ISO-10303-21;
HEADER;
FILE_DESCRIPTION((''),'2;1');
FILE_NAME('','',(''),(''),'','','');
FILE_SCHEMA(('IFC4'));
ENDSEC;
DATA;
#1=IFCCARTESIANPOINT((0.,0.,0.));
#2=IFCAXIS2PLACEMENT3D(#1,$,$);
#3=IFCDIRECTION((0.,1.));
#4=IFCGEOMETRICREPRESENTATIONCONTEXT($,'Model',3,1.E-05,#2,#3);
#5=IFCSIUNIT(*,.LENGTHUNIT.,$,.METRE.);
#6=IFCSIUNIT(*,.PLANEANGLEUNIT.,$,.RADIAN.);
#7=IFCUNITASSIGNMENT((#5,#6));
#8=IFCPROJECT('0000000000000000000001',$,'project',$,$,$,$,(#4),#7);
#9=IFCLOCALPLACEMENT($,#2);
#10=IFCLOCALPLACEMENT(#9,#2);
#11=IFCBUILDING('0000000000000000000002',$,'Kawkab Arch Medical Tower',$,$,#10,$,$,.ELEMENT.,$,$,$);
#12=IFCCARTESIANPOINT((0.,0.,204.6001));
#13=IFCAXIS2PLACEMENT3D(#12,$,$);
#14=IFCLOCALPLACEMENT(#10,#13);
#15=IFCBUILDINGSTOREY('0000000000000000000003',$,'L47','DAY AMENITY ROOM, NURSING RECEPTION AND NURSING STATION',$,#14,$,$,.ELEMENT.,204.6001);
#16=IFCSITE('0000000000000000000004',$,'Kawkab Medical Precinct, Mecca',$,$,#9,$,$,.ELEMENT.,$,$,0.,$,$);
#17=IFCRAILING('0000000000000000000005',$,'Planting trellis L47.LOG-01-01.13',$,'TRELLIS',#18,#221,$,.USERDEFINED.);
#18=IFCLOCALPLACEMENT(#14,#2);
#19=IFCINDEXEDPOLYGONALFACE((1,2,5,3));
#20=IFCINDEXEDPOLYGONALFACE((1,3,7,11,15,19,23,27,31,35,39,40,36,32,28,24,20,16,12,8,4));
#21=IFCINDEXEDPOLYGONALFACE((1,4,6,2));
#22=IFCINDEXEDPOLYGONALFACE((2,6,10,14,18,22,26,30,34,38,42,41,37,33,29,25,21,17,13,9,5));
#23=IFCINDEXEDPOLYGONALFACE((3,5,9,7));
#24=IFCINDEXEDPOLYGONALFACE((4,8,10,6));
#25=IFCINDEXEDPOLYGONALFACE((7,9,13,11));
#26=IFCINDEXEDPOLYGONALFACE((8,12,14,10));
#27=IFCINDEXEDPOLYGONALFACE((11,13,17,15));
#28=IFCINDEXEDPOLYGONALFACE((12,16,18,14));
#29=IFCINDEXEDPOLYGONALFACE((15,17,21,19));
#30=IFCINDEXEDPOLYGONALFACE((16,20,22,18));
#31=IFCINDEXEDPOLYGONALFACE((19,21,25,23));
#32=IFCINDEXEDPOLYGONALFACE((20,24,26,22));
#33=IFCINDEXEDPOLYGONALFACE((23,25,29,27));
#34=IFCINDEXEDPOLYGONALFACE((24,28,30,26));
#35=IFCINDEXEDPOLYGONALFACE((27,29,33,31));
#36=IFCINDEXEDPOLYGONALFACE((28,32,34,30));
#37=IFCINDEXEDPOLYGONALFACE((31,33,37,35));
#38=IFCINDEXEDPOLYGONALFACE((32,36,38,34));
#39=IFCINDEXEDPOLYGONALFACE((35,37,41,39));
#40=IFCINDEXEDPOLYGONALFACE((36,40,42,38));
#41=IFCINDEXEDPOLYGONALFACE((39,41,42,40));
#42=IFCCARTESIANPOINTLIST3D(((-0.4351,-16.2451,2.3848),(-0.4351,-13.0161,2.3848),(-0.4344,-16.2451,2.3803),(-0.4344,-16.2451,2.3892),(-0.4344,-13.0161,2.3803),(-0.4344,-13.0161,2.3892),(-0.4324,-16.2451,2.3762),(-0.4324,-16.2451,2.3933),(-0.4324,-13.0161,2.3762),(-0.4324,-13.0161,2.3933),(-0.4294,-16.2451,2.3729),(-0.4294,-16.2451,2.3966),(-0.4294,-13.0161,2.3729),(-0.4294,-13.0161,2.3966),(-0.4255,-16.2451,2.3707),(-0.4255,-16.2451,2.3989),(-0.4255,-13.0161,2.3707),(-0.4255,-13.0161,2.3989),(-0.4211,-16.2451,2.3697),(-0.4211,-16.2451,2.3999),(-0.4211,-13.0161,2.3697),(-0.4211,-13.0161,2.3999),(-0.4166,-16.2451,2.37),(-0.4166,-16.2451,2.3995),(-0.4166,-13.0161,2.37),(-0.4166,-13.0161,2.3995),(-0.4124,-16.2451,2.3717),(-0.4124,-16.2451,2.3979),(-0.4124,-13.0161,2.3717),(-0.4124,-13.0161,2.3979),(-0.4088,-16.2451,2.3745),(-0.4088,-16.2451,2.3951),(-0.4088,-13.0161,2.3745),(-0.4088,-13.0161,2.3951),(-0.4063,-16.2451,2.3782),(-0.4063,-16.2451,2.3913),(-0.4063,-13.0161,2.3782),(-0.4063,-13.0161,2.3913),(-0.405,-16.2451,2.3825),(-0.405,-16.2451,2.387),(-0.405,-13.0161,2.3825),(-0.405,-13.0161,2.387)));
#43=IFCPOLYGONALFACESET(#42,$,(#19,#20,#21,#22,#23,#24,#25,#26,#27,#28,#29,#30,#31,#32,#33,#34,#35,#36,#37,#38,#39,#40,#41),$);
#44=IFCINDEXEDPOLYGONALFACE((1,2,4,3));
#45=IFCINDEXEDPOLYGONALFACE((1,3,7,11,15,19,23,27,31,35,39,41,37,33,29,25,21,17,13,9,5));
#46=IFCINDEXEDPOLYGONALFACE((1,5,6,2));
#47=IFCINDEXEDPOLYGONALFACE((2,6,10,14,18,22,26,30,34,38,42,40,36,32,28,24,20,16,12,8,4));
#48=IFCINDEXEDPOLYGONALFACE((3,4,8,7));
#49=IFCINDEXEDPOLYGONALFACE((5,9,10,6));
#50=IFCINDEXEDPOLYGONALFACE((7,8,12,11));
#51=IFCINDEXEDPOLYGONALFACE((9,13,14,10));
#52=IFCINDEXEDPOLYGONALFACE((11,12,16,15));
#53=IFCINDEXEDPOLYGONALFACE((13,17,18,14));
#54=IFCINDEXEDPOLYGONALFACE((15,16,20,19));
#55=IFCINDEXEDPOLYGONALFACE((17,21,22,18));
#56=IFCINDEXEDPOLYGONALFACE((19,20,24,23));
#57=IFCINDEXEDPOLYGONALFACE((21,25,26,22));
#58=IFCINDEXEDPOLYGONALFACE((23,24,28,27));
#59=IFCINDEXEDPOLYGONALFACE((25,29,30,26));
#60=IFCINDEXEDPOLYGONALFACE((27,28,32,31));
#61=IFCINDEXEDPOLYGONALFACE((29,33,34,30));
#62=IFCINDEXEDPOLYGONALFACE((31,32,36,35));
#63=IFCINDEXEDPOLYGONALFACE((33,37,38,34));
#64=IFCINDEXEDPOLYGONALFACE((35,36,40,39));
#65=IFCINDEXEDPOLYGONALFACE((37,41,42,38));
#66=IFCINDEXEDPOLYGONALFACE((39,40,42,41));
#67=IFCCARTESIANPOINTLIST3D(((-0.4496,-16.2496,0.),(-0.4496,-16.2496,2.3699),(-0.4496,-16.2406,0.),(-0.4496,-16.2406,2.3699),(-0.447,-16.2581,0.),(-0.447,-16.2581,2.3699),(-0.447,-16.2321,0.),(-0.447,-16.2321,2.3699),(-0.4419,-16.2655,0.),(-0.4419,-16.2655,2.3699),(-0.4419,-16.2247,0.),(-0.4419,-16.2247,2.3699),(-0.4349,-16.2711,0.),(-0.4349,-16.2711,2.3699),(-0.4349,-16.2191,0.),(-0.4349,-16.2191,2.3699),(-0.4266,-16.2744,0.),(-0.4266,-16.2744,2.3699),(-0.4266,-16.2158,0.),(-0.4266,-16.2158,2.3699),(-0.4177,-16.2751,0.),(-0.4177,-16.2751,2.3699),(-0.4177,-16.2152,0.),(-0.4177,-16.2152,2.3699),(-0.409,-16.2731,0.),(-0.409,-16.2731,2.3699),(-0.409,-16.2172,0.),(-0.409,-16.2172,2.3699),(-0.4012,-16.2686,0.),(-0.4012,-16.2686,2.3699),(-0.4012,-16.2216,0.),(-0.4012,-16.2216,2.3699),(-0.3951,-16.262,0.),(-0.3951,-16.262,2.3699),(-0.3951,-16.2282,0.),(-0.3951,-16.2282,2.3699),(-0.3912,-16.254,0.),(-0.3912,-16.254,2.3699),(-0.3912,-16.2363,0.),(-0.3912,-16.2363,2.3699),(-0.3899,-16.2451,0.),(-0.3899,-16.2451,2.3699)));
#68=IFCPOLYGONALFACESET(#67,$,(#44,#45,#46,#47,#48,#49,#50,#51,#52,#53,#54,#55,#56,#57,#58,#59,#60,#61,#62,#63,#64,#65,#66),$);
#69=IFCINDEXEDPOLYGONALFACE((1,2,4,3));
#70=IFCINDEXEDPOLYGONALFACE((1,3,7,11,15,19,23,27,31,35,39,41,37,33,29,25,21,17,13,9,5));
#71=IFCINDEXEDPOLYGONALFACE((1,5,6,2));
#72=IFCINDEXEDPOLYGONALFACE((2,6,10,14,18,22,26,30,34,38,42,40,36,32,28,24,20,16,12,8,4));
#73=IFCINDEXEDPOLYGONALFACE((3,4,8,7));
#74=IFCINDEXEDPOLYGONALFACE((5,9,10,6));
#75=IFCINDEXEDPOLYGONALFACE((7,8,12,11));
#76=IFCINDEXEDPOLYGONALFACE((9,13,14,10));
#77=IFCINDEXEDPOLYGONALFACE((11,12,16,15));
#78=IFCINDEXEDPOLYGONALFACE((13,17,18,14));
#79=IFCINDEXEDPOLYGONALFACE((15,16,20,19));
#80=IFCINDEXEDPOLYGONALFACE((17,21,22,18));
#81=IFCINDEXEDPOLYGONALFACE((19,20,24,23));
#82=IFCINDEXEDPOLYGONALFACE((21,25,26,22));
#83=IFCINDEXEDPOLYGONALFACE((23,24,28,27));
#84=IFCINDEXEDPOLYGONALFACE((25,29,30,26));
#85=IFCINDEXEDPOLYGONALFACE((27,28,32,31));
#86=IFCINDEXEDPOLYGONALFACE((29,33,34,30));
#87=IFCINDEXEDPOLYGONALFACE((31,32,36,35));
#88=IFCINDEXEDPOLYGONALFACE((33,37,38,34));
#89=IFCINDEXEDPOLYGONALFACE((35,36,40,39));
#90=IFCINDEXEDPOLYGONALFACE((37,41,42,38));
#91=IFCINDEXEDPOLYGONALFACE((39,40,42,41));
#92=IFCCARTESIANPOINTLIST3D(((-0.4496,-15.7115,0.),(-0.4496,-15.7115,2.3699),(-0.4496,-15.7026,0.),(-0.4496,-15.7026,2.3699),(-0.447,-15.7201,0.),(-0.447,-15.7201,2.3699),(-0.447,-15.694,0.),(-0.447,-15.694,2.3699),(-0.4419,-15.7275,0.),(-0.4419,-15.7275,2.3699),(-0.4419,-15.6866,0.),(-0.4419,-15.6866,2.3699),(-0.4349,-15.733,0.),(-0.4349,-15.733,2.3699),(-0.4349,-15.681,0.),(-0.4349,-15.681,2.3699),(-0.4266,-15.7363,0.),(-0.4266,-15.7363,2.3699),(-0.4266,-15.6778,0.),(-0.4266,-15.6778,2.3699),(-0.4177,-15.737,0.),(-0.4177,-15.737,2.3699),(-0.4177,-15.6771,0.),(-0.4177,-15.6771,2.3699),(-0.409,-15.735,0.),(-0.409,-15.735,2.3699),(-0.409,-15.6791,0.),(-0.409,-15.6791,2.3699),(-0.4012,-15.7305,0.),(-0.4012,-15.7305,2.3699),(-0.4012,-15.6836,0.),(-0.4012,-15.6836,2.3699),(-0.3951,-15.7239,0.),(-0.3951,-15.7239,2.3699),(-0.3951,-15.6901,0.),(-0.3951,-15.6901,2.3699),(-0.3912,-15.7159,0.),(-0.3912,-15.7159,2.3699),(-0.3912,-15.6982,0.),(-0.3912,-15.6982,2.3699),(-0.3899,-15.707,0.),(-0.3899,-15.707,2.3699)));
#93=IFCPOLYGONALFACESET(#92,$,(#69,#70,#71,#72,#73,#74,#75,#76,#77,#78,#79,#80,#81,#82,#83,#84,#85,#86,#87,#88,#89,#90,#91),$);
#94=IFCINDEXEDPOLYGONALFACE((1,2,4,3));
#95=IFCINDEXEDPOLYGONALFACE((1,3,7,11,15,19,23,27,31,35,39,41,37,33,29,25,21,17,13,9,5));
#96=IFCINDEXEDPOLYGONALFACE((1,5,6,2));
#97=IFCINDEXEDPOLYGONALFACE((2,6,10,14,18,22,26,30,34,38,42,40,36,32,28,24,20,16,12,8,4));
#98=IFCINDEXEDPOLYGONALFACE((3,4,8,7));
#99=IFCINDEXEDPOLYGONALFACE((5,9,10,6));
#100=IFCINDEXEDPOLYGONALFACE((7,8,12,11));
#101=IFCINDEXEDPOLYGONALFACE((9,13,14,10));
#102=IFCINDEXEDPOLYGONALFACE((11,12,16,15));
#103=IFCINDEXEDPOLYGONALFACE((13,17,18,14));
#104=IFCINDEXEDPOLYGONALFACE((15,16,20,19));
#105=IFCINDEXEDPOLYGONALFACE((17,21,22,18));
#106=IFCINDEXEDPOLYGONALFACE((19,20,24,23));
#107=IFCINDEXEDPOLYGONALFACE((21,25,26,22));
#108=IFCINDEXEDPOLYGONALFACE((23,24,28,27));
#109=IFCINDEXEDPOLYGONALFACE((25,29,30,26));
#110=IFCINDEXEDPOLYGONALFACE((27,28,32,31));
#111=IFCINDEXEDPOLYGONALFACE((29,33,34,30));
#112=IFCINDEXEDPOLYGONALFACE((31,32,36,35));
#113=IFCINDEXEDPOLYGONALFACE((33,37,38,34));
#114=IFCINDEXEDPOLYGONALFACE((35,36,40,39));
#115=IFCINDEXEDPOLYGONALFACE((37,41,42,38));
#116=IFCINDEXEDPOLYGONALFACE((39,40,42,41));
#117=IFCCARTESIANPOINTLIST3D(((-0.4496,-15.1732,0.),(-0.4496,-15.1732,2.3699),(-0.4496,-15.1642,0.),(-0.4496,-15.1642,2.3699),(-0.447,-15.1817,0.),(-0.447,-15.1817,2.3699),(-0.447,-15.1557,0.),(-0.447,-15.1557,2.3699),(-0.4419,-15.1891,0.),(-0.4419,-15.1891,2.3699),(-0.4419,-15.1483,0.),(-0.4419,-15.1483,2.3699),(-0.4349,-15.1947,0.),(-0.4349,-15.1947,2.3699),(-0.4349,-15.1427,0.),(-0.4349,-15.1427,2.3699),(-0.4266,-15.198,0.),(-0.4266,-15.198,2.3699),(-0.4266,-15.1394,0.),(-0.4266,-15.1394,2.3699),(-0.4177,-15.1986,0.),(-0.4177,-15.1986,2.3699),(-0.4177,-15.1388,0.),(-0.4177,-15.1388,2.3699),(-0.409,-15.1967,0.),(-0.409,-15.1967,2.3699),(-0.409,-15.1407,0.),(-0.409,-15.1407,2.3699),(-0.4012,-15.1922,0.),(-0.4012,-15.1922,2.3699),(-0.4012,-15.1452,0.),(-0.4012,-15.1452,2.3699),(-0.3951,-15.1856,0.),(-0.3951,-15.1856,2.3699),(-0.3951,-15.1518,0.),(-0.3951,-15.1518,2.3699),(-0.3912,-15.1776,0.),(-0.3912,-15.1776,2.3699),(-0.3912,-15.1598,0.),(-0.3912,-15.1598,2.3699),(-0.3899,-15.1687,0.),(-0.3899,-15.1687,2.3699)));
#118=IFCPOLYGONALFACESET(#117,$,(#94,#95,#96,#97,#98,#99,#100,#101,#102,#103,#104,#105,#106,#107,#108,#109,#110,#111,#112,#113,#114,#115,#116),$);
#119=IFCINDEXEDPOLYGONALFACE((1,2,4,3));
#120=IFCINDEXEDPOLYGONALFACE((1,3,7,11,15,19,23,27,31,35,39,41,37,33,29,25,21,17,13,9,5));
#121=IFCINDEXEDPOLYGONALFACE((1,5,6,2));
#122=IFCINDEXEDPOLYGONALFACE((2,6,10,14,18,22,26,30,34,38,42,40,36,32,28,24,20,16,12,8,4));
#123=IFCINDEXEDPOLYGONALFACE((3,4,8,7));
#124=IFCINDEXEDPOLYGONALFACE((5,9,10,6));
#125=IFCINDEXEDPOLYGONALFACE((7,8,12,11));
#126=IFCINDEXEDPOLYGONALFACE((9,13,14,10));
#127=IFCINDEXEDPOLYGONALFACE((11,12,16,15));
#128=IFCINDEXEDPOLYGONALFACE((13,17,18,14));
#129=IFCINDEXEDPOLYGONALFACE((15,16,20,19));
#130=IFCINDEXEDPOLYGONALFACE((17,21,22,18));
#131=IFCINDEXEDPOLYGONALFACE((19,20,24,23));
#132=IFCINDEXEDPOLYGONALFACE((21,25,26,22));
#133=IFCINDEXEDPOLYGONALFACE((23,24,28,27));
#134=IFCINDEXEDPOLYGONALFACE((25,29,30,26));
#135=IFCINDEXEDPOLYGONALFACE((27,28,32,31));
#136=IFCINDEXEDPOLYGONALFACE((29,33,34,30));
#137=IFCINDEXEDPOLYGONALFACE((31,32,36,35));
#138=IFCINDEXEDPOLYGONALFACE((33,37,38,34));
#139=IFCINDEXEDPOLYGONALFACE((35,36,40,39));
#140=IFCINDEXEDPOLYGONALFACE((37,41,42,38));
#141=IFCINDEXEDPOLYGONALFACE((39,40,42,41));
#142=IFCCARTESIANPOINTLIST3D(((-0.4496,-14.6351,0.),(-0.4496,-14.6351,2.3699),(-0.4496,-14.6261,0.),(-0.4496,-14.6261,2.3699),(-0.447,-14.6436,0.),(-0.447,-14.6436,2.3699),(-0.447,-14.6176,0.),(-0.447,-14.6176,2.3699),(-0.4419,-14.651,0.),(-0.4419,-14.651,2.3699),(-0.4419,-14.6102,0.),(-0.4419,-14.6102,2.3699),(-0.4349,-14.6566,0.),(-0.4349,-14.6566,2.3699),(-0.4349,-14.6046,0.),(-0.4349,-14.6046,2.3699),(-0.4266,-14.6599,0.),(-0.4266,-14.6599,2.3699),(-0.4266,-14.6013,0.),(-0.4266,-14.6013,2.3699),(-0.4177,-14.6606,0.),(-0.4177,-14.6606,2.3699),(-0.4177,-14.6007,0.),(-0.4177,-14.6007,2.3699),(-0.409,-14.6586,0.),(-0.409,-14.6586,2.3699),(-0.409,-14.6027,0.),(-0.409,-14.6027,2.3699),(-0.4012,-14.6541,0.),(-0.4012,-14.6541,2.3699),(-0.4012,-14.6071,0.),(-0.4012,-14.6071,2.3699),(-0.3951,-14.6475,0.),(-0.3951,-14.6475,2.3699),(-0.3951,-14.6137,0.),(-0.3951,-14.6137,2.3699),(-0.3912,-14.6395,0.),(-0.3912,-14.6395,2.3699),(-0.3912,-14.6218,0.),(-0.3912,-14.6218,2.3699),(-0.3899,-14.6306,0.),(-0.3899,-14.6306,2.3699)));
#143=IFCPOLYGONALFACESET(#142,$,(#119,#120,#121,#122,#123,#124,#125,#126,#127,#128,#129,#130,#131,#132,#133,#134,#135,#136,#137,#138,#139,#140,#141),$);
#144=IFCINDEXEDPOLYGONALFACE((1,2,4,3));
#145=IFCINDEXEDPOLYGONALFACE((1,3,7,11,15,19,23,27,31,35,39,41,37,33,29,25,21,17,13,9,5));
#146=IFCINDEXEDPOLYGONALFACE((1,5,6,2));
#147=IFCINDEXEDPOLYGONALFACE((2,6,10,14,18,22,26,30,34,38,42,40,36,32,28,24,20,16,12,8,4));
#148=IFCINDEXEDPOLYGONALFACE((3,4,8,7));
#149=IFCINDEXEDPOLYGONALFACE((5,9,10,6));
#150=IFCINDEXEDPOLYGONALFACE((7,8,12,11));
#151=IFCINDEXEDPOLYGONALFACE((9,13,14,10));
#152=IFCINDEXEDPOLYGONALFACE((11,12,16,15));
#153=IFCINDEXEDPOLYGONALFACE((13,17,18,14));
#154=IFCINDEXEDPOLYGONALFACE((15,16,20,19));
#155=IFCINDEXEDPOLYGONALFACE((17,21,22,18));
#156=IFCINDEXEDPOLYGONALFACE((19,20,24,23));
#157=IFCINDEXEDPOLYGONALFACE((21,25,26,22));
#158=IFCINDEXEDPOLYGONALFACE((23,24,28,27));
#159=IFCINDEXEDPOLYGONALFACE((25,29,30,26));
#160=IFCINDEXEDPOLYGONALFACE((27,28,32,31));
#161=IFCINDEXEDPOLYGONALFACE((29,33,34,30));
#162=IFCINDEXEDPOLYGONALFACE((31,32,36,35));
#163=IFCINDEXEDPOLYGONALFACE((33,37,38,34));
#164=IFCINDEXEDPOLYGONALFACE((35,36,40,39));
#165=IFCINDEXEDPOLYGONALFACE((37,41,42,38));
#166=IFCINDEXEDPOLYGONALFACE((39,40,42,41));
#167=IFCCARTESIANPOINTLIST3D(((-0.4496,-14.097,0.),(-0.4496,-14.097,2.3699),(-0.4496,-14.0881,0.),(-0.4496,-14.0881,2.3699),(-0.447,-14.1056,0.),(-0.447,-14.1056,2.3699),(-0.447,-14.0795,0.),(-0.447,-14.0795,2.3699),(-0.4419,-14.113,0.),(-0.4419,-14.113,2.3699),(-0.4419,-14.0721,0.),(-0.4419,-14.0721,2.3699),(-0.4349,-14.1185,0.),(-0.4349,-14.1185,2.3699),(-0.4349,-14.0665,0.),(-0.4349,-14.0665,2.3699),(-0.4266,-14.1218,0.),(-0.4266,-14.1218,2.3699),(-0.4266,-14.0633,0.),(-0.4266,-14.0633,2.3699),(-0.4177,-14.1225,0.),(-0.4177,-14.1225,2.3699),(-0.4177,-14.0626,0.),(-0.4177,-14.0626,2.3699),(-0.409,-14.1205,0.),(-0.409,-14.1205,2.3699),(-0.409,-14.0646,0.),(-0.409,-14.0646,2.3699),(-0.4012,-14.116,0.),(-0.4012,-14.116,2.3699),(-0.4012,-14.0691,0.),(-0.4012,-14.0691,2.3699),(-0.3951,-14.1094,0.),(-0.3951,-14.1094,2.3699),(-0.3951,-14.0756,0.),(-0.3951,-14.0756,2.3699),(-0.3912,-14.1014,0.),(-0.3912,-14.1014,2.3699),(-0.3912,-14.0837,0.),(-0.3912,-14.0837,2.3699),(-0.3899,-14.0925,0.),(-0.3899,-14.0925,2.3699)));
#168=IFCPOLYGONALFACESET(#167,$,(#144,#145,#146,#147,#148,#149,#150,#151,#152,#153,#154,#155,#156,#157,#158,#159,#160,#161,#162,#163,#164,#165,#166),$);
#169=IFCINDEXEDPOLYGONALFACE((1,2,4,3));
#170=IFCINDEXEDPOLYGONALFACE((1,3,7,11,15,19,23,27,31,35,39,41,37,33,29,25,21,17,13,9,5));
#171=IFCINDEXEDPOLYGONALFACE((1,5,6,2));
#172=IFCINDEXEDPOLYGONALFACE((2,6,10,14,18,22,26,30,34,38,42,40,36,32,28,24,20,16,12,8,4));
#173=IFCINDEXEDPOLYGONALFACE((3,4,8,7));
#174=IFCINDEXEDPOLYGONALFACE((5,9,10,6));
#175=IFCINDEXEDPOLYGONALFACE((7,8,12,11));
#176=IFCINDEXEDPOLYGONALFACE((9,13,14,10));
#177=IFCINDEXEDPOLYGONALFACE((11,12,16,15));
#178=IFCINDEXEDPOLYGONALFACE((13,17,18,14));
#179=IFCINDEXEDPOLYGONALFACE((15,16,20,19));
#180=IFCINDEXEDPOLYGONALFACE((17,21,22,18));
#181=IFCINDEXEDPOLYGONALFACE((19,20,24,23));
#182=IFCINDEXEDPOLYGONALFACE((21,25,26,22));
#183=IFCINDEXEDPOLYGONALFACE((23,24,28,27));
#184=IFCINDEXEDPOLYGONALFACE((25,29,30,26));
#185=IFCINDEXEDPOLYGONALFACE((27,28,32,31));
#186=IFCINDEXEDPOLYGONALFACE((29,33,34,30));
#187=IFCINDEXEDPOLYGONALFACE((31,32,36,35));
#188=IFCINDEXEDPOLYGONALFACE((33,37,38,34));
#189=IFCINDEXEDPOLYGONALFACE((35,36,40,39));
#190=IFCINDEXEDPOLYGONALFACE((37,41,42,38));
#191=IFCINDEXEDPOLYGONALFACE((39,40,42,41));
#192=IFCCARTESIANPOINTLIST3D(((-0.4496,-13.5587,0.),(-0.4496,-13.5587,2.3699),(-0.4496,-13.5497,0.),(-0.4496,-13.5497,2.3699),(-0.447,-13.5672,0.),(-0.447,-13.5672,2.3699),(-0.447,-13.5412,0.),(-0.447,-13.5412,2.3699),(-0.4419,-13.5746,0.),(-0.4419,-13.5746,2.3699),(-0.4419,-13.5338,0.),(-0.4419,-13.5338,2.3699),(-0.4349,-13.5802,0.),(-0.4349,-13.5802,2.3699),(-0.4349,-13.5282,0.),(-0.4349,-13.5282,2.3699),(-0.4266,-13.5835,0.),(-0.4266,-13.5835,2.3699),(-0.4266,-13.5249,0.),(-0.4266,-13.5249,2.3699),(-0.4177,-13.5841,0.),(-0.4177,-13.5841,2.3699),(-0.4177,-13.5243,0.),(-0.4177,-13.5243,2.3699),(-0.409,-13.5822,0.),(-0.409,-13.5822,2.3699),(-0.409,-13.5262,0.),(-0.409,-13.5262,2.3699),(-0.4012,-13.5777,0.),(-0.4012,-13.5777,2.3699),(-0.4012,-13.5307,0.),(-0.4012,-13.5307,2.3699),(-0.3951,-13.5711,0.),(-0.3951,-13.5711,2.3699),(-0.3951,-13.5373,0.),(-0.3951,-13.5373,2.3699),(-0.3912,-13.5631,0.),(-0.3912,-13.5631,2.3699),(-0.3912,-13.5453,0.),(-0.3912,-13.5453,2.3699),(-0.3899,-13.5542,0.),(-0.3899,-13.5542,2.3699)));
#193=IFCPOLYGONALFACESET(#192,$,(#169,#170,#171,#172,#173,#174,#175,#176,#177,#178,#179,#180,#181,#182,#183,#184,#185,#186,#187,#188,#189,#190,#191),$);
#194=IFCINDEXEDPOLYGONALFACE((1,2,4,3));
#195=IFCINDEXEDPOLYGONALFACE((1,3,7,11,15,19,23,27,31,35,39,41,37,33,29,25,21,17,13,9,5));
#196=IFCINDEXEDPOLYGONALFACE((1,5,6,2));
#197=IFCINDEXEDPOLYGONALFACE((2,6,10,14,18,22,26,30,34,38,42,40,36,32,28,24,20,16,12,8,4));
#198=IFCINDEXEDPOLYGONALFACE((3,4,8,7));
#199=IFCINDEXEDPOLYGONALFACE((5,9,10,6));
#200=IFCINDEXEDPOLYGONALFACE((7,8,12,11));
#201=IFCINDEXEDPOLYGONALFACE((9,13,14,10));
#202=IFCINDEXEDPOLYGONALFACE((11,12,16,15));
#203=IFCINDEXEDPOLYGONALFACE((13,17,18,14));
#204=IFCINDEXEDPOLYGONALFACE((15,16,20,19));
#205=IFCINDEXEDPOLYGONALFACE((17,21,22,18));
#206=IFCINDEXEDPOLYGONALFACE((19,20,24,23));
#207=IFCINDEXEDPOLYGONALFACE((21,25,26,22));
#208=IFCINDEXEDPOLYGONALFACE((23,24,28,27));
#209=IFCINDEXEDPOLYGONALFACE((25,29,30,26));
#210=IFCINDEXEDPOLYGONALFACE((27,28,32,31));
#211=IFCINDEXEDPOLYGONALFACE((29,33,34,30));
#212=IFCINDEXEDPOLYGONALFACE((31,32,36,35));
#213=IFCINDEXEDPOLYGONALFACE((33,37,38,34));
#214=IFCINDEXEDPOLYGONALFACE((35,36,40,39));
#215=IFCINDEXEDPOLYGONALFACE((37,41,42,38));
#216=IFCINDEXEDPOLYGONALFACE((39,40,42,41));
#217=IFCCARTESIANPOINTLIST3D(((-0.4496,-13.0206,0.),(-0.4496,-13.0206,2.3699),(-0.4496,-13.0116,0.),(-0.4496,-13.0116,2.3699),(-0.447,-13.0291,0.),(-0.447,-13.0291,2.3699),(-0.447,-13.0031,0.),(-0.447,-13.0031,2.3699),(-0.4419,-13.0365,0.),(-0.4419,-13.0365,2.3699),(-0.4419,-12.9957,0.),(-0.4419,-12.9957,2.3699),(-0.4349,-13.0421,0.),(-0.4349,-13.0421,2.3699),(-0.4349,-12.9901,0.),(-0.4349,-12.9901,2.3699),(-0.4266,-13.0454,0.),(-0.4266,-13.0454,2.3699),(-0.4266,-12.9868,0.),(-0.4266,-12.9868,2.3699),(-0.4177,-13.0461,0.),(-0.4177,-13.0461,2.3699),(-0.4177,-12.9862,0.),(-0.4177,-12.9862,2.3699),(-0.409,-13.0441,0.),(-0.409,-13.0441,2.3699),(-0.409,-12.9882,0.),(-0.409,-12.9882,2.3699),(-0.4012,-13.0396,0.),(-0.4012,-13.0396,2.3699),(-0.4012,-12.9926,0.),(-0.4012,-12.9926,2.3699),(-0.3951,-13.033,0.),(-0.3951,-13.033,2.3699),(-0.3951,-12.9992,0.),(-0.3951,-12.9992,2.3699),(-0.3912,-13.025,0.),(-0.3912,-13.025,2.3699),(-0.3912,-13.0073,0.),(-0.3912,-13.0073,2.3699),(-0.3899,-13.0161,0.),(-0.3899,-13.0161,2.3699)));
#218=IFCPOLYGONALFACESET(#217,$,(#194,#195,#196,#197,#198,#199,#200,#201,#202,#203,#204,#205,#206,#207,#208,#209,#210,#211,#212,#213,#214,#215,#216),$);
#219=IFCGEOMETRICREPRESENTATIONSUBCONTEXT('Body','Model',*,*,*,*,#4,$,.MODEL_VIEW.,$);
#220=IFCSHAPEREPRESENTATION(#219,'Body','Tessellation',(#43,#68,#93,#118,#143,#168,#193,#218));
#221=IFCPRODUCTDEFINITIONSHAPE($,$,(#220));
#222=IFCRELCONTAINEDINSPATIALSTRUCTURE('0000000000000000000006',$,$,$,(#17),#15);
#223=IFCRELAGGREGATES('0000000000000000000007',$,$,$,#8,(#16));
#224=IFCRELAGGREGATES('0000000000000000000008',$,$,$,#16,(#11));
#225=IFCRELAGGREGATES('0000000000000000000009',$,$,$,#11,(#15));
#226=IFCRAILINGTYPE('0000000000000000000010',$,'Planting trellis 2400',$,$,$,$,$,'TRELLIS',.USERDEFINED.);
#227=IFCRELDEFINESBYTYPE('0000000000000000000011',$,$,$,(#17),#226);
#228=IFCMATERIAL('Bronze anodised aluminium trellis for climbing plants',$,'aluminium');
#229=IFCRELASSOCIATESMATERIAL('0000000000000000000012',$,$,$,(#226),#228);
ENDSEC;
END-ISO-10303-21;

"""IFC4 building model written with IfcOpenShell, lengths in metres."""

from ifc_helpers import new_model, si_unit, direction, frame, origin, origin_2d, place, context, subcontext, project, spatial, circle, extrude, material, type_object, element, save


model = new_model("IFC4")

# Units and contexts
model_context = context("Model", 3, precision=1e-05, world=origin(), true_north=direction((0.0, 1.0)))
body_context = subcontext(model_context, "Body", "Model", "MODEL_VIEW")
ifc_project = project(units=[si_unit("LENGTHUNIT", "METRE"), si_unit("PLANEANGLEUNIT", "RADIAN")], contexts=[model_context])

# Site, building, storey
site_placement = place(None, origin())
site = spatial("IfcSite", under=ifc_project, at=site_placement, Name="Kawkab Medical Precinct, Mecca", CompositionType="ELEMENT", RefElevation=0.0)
building_placement = place(site_placement, origin())
building = spatial("IfcBuilding", under=site, at=building_placement, Name="Kawkab Arch Medical Tower", CompositionType="ELEMENT")
storey_placement = place(building_placement, frame((0.0, 0.0, 204.6001)))
storey = spatial("IfcBuildingStorey", under=building, at=storey_placement, Name="L47", Description="DAY AMENITY ROOM, NURSING RECEPTION AND NURSING STATION", CompositionType="ELEMENT", Elevation=204.6001)

# Railing
ifc_material_1 = material(Name="Bronze anodised aluminium trellis for climbing plants", Category="aluminium")
railing_type_1 = type_object("IfcRailingType", Name="Planting trellis 2400", ElementType="TRELLIS", PredefinedType="USERDEFINED", material=ifc_material_1)
railing_1_placement = place(storey_placement, frame((-0.4199, -16.2451, 0.0)))
element("IfcRailing", 1, at=railing_1_placement, inside=storey, type_object=railing_type_1, Name="Planting trellis L47.LOG-01-01.13", ObjectType="TRELLIS", PredefinedType="USERDEFINED", context=body_context, shape_type="SweptSolid", body=[
    extrude(circle(Radius=0.0151, at=origin_2d()), frame((0.0, 0.0, 2.3848), z_axis=(0.0, 1.0, 0.0), x_axis=(-1.0, 0.0, 0.0)), (0.0, 0.0, 1.0), 3.229),
    extrude(circle(Radius=0.03, at=origin_2d()), origin(), (0.0, 0.0, 1.0), 2.3699),
    extrude(circle(Radius=0.03, at=origin_2d()), frame((0.0, 0.5381, 0.0)), (0.0, 0.0, 1.0), 2.3699),
    extrude(circle(Radius=0.03, at=origin_2d()), frame((0.0, 1.0764, 0.0)), (0.0, 0.0, 1.0), 2.3699),
    extrude(circle(Radius=0.03, at=origin_2d()), frame((0.0, 1.6145, 0.0)), (0.0, 0.0, 1.0), 2.3699),
    extrude(circle(Radius=0.03, at=origin_2d()), frame((0.0, 2.1526, 0.0)), (0.0, 0.0, 1.0), 2.3699),
    extrude(circle(Radius=0.03, at=origin_2d()), frame((0.0, 2.6909, 0.0)), (0.0, 0.0, 1.0), 2.3699),
    extrude(circle(Radius=0.03, at=origin_2d()), frame((0.0, 3.229, 0.0)), (0.0, 0.0, 1.0), 2.3699),
])

save(model, "model.ifc")
